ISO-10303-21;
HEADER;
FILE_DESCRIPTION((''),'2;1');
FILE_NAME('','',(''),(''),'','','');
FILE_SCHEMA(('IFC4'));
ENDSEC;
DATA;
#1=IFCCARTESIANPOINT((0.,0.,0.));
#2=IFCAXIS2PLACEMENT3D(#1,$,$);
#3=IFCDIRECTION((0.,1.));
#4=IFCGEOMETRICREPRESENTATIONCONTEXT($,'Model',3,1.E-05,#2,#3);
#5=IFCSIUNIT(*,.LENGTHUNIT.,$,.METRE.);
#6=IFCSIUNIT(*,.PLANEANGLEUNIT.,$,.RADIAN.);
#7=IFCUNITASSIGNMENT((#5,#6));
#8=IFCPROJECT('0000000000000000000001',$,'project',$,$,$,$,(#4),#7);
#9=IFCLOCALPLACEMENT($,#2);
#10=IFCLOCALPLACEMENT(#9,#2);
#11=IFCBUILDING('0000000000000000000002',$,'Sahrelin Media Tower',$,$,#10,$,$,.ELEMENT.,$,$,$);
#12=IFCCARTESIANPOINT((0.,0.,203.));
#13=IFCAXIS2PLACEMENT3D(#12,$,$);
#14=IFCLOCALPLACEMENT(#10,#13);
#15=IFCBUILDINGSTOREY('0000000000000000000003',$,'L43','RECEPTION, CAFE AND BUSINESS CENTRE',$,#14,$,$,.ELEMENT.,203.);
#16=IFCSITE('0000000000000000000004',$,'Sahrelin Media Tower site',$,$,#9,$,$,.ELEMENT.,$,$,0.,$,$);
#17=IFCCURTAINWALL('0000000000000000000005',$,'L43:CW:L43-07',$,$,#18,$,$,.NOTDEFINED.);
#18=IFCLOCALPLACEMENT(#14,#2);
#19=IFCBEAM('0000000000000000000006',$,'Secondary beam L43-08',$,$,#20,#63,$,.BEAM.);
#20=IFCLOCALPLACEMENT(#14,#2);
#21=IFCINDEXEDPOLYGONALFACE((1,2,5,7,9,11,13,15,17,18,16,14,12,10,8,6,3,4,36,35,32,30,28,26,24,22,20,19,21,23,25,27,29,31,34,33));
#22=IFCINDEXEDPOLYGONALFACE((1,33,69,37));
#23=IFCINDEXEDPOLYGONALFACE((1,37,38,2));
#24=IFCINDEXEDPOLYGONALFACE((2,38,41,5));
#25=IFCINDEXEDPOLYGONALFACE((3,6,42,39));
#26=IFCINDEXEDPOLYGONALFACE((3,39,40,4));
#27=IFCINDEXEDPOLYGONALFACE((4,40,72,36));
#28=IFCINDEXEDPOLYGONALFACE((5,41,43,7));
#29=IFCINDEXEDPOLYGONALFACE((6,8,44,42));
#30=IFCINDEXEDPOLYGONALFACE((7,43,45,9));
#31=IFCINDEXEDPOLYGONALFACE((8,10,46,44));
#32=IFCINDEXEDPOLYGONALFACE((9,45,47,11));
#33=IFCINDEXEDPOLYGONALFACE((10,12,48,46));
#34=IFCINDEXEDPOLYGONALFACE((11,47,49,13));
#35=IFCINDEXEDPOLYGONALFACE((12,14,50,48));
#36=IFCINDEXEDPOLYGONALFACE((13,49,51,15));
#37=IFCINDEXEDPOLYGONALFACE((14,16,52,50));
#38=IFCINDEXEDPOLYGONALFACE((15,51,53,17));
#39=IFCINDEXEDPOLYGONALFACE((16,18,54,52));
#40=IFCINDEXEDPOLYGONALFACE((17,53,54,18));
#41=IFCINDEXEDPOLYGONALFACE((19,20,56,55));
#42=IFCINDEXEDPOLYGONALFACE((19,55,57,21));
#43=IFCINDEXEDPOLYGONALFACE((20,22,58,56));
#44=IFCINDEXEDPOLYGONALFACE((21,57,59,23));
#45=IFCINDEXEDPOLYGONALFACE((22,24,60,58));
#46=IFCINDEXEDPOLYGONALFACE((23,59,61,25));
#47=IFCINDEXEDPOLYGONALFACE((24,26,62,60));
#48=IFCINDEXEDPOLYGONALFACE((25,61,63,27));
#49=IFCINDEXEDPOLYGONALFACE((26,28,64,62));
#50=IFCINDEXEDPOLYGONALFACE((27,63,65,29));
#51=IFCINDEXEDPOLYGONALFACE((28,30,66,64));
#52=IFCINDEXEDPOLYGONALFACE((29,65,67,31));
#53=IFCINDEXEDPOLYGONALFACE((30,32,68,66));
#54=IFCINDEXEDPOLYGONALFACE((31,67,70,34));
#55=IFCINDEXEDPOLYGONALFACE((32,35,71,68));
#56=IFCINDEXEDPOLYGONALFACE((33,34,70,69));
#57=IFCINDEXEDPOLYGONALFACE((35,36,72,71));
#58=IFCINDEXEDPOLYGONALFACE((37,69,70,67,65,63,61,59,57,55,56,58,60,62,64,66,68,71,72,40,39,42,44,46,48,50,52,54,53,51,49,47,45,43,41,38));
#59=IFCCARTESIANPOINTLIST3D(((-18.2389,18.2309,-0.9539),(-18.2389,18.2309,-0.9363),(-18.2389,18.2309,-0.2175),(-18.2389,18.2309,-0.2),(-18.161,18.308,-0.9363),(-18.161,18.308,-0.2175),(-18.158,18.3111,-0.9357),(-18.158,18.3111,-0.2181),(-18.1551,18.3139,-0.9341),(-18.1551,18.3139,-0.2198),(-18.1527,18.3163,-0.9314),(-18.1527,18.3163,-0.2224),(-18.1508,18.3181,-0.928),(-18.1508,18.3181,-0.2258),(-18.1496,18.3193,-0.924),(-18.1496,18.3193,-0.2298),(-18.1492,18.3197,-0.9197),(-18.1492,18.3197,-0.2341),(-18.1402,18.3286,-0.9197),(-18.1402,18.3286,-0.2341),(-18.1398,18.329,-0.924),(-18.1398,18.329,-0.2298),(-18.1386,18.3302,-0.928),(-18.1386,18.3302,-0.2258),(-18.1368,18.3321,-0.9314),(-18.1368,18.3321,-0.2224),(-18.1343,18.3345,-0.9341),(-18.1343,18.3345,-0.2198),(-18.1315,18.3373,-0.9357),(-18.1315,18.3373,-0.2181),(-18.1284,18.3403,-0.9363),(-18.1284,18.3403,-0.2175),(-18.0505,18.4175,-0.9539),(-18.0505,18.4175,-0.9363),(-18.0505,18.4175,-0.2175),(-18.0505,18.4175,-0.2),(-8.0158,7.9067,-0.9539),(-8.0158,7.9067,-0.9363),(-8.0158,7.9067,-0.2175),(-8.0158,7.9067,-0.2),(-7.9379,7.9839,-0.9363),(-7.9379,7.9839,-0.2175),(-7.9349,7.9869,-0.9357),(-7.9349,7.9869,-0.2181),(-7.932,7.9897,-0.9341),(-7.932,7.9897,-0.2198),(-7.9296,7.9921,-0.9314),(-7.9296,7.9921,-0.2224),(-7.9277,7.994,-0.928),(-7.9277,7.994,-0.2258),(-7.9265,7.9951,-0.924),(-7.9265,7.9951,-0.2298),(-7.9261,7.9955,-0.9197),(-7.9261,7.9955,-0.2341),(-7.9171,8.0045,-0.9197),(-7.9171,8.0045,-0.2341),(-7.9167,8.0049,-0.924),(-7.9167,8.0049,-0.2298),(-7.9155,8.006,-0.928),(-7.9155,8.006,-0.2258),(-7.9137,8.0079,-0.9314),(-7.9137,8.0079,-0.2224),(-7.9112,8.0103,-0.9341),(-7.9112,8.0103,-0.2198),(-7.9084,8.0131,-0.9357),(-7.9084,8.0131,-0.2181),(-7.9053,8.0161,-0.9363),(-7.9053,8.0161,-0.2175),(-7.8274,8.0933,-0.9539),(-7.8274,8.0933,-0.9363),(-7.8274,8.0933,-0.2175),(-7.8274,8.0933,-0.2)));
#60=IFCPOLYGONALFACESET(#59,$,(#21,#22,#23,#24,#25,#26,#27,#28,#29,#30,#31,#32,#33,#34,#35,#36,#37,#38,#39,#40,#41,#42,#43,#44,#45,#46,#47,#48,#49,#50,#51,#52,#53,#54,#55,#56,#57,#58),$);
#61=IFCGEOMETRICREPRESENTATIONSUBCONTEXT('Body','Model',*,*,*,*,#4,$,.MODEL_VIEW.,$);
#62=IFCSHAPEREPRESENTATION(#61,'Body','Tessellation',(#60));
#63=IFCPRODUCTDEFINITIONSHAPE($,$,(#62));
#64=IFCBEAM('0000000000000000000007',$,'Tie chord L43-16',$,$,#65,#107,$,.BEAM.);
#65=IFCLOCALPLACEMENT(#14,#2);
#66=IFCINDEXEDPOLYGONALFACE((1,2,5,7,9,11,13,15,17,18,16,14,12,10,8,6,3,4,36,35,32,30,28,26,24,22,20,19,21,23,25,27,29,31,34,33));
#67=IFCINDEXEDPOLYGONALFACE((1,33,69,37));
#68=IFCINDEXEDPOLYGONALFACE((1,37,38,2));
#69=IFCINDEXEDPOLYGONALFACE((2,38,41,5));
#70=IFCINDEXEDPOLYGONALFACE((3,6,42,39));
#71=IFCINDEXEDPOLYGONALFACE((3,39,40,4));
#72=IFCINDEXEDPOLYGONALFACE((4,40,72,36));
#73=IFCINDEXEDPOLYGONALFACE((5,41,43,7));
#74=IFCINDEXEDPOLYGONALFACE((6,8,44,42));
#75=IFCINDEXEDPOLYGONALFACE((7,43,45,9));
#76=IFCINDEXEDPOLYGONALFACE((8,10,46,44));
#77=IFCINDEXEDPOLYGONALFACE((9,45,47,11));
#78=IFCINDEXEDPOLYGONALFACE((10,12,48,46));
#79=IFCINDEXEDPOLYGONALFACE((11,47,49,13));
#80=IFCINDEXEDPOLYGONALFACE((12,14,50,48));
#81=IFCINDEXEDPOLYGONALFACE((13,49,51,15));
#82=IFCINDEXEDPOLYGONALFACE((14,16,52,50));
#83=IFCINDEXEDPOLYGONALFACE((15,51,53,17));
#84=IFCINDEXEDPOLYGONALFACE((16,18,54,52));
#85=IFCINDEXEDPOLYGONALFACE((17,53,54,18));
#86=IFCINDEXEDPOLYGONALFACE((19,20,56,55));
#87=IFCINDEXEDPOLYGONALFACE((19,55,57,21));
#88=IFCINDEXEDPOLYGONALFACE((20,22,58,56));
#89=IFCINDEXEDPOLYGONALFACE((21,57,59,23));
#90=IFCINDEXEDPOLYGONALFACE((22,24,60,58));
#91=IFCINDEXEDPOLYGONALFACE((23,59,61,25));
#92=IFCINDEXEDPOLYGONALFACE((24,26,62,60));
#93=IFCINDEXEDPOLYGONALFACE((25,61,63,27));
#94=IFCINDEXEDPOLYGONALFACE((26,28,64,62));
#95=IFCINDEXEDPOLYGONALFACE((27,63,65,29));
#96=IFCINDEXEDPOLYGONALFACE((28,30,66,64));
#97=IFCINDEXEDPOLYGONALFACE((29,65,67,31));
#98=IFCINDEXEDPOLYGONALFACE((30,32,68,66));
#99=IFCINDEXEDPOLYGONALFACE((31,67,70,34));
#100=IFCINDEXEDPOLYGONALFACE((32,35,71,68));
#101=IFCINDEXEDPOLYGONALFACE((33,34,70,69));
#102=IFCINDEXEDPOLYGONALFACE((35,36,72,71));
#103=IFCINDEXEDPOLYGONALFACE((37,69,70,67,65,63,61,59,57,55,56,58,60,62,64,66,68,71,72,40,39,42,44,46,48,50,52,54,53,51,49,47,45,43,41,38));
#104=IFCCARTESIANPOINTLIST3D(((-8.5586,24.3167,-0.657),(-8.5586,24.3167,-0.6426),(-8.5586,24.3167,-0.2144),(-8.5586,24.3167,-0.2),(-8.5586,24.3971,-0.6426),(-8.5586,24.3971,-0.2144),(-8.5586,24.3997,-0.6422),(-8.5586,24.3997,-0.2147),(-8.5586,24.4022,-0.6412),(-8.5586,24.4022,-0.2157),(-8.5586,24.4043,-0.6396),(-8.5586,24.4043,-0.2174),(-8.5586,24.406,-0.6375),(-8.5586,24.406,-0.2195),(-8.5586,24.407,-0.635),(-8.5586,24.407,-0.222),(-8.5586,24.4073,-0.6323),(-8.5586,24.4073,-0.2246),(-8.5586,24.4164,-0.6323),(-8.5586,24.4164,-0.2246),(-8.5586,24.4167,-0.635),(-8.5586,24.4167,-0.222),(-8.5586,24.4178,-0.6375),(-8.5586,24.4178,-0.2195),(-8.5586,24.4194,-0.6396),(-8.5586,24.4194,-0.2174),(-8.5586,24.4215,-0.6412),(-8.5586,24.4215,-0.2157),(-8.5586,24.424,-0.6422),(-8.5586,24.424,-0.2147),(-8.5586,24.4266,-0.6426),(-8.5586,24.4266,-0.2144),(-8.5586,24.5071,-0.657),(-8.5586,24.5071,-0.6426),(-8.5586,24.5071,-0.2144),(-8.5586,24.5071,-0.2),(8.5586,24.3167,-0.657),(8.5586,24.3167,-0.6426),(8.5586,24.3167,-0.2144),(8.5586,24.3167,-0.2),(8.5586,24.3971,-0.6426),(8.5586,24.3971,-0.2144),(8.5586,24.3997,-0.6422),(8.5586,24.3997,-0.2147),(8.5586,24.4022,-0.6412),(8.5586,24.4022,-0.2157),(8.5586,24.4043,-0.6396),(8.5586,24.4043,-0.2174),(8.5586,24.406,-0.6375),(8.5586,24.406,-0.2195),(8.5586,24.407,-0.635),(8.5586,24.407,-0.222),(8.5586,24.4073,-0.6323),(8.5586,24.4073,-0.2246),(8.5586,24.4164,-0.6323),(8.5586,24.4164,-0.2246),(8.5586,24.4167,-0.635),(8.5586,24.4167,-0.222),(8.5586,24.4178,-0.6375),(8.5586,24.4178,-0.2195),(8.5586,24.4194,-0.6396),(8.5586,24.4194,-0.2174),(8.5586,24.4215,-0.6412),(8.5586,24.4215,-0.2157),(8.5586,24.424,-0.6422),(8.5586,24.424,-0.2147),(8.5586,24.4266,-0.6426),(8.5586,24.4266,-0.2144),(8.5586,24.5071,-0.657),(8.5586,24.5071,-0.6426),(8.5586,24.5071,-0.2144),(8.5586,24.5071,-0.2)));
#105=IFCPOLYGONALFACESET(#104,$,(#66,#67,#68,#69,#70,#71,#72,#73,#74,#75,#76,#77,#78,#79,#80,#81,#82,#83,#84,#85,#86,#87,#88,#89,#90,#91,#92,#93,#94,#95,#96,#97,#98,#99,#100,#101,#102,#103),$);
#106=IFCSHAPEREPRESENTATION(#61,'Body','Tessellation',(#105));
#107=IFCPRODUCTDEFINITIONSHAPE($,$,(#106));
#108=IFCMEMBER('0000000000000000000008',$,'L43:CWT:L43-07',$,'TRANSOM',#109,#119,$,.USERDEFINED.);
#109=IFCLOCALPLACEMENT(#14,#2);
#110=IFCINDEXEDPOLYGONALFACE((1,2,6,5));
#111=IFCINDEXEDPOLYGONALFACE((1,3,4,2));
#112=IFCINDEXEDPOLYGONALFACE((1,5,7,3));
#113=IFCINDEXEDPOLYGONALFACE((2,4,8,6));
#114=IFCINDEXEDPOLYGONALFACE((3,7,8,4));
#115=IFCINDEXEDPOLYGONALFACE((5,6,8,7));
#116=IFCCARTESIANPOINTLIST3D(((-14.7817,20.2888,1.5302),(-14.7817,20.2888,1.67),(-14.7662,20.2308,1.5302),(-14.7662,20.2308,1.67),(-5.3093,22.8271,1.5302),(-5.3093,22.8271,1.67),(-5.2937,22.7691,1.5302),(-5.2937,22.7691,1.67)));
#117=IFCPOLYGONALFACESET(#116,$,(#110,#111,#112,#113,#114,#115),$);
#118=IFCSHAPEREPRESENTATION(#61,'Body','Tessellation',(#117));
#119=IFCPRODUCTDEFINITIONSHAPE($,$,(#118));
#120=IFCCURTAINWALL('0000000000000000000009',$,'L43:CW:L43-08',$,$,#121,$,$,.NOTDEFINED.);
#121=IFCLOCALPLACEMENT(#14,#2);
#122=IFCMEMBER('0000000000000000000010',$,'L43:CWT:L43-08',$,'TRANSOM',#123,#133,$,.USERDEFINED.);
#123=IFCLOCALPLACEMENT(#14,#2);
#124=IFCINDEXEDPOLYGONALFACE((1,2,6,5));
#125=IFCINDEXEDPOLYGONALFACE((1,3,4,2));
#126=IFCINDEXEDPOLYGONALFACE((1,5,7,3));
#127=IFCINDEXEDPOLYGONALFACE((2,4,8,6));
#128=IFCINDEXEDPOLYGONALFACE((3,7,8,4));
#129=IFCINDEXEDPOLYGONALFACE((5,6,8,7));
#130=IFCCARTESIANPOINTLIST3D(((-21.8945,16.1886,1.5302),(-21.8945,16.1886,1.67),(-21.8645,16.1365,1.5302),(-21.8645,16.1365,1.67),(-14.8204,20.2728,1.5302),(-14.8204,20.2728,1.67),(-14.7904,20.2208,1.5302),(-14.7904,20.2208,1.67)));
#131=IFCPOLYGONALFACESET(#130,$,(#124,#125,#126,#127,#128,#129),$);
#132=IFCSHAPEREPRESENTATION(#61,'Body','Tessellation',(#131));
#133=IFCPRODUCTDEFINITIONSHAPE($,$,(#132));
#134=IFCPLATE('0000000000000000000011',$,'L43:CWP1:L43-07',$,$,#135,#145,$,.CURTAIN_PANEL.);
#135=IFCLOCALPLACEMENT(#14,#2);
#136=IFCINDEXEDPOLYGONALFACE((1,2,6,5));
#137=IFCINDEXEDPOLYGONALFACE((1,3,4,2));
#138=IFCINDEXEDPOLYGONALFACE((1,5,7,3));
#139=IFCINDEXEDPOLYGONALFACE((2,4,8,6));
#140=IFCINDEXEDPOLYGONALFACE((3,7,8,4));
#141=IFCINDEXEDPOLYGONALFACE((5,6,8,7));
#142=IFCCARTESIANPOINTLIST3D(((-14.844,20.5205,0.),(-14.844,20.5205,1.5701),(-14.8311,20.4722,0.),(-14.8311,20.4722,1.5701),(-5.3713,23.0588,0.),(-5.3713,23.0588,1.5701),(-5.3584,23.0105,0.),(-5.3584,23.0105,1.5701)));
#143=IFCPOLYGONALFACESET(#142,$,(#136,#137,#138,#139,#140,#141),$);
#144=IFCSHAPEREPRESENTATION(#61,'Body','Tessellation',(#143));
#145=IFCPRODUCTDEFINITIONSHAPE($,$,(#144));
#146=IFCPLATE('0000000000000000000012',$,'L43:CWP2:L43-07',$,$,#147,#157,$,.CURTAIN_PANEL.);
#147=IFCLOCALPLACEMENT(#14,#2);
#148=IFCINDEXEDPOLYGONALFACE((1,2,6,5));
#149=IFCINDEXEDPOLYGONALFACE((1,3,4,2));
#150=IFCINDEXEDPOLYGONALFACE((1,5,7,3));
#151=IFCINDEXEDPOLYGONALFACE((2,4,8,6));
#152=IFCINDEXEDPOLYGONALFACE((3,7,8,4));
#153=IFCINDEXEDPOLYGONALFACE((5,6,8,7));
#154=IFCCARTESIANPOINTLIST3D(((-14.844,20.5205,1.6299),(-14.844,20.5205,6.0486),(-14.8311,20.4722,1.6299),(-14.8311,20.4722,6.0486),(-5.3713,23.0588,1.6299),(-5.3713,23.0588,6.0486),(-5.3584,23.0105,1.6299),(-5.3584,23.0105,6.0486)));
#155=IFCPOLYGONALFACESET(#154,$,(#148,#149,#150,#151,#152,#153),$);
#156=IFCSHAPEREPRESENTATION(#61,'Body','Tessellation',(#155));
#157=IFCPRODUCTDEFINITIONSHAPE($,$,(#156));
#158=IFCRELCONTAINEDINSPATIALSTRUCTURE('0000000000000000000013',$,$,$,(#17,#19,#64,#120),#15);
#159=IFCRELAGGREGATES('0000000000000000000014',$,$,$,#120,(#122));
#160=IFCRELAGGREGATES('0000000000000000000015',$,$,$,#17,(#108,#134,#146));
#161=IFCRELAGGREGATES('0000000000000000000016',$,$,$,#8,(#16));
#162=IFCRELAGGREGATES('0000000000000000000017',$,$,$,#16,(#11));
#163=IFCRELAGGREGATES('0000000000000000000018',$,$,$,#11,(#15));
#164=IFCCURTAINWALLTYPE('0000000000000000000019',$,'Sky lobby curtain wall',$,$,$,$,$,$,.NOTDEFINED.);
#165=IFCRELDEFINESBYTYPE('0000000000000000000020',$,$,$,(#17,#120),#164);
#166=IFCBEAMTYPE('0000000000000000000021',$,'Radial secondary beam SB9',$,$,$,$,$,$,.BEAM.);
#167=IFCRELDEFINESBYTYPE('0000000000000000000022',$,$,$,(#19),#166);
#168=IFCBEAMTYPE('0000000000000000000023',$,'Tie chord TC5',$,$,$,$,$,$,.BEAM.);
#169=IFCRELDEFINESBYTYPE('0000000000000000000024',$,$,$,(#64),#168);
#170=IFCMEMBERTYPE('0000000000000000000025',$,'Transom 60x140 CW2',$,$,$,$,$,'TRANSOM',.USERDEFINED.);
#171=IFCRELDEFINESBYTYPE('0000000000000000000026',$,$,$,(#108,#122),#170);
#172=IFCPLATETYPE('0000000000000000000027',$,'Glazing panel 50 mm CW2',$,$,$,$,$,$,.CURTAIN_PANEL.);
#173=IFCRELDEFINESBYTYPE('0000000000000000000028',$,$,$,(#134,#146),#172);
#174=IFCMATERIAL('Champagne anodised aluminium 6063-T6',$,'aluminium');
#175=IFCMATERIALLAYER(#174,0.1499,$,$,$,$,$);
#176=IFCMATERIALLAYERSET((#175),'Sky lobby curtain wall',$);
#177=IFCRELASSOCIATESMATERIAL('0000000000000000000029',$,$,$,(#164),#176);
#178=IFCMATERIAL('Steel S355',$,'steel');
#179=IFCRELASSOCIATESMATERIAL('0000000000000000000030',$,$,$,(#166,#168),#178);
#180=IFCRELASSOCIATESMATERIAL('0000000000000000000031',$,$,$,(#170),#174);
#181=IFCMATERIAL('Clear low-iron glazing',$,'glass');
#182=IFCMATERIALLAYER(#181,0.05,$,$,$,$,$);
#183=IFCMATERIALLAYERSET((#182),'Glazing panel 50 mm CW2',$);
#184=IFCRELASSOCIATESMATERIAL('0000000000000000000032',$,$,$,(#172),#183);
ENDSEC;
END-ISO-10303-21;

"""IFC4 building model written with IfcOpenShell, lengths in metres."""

from ifc_helpers import new_model, si_unit, direction, frame, origin, origin_2d, place, context, subcontext, project, spatial, polyline, rectangle, i_section, outline, extrude, material, layer, layer_set, material_profile, profile_set, type_object, element, aggregate, save


model = new_model("IFC4")

# Units and contexts
model_context = context("Model", 3, precision=1e-05, world=origin(), true_north=direction((0.0, 1.0)))
body_context = subcontext(model_context, "Body", "Model", "MODEL_VIEW")
ifc_project = project(units=[si_unit("LENGTHUNIT", "METRE"), si_unit("PLANEANGLEUNIT", "RADIAN")], contexts=[model_context])

# Site, building, storey
site_placement = place(None, origin())
site = spatial("IfcSite", under=ifc_project, at=site_placement, Name="Sahrelin Media Tower site", CompositionType="ELEMENT", RefElevation=0.0)
building_placement = place(site_placement, origin())
building = spatial("IfcBuilding", under=site, at=building_placement, Name="Sahrelin Media Tower", CompositionType="ELEMENT")
storey_placement = place(building_placement, frame((0.0, 0.0, 203.0)))
storey = spatial("IfcBuildingStorey", under=building, at=storey_placement, Name="L43", Description="RECEPTION, CAFE AND BUSINESS CENTRE", CompositionType="ELEMENT", Elevation=203.0)

# Shared definitions
ifc_material_1 = material(Name="Steel S355", Category="steel")

# Curtain wall
ifc_material_2 = material(Name="Champagne anodised aluminium 6063-T6", Category="aluminium")
ifc_layer_1 = layer(ifc_material_2, 0.1499)
ifc_layer_set_1 = layer_set([ifc_layer_1], Name="Sky lobby curtain wall")
curtain_wall_type = type_object("IfcCurtainWallType", Name="Sky lobby curtain wall", PredefinedType="NOTDEFINED", material=ifc_layer_set_1)
curtain_wall_1_placement = place(storey_placement, frame((-10.1023, 21.7705, 0.0), z_axis=(0.0, 0.0, 1.0), x_axis=(1.0, 0.0, 0.0)))
curtain_wall_1 = element("IfcCurtainWall", 1, at=curtain_wall_1_placement, inside=storey, type_object=curtain_wall_type, Name="L43:CW:L43-07", PredefinedType="NOTDEFINED")

# Beams
ifc_material_profile_1 = material_profile(ifc_material_1, i_section(OverallWidth=0.2651, OverallDepth=0.7539, WebThickness=0.0127, FlangeThickness=0.0176, FilletRadius=0.0166, at=origin_2d()), Name="UB 762x267x147")
ifc_profile_set_1 = profile_set([ifc_material_profile_1], Name="Steel S355")
beam_type_1 = type_object("IfcBeamType", Name="Radial secondary beam SB9", PredefinedType="BEAM", material=ifc_profile_set_1)
beam_1_placement = place(storey_placement, frame((-7.9216, 8.0, -0.5769), z_axis=(-0.70362, 0.710577, 0.0), x_axis=(-0.710577, -0.70362, 0.0)))
element("IfcBeam", 2, at=beam_1_placement, inside=storey, type_object=beam_type_1, Name="Secondary beam L43-08", PredefinedType="BEAM", context=body_context, shape_type="SweptSolid", body=[
    extrude(i_section(OverallWidth=0.2651, OverallDepth=0.7539, WebThickness=0.0127, FlangeThickness=0.0176, FilletRadius=0.0166, at=origin_2d()), origin(), (0.0, 0.0, 1.0), 14.5293),
])
ifc_material_profile_2 = material_profile(ifc_material_1, i_section(OverallWidth=0.1904, OverallDepth=0.457, WebThickness=0.009, FlangeThickness=0.0144, FilletRadius=0.0103, at=origin_2d()), Name="UB 457x191x74")
ifc_profile_set_2 = profile_set([ifc_material_profile_2], Name="Steel S355")
beam_type_2 = type_object("IfcBeamType", Name="Tie chord TC5", PredefinedType="BEAM", material=ifc_profile_set_2)
beam_2_placement = place(storey_placement, frame((-8.5586, 24.4119, -0.4285), z_axis=(1.0, 0.0, 0.0), x_axis=(0.0, 1.0, 0.0)))
element("IfcBeam", 3, at=beam_2_placement, inside=storey, type_object=beam_type_2, Name="Tie chord L43-16", PredefinedType="BEAM", context=body_context, shape_type="SweptSolid", body=[
    extrude(i_section(OverallWidth=0.1904, OverallDepth=0.457, WebThickness=0.009, FlangeThickness=0.0144, FilletRadius=0.0103, at=origin_2d()), origin(), (0.0, 0.0, 1.0), 17.1172),
])

# Member
ifc_material_profile_3 = material_profile(ifc_material_2, rectangle(XDim=0.0601, YDim=0.1399, at=origin_2d()), Name="Transom 60x140")
ifc_profile_set_3 = profile_set([ifc_material_profile_3], Name="Champagne anodised aluminium 6063-T6")
member_type_1 = type_object("IfcMemberType", Name="Transom 60x140 CW2", ElementType="TRANSOM", PredefinedType="USERDEFINED", material=ifc_profile_set_3)
member_1_placement = place(storey_placement, frame((-5.3015, 22.7981, 1.6001), z_axis=(-0.965921, -0.258839, 0.0), x_axis=(0.258839, -0.965921, 0.0)))
member_1 = element("IfcMember", 4, at=member_1_placement, type_object=member_type_1, Name="L43:CWT:L43-07", ObjectType="TRANSOM", PredefinedType="USERDEFINED", context=body_context, shape_type="SweptSolid", body=[
    extrude(rectangle(XDim=0.0601, YDim=0.1399, at=origin_2d()), origin(), (0.0, 0.0, 1.0), 9.8066),
])

# Curtain wall, member
curtain_wall_2_placement = place(storey_placement, frame((-18.4673, 18.4211, 0.0), z_axis=(0.0, 0.0, 1.0), x_axis=(1.0, 0.0, 0.0)))
curtain_wall_2 = element("IfcCurtainWall", 5, at=curtain_wall_2_placement, inside=storey, type_object=curtain_wall_type, Name="L43:CW:L43-08", PredefinedType="NOTDEFINED")
member_2_placement = place(storey_placement, frame((-14.8054, 20.2468, 1.6001), z_axis=(-0.866022, -0.500006, 0.0), x_axis=(0.500006, -0.866022, 0.0)))
member_2 = element("IfcMember", 6, at=member_2_placement, type_object=member_type_1, Name="L43:CWT:L43-08", ObjectType="TRANSOM", PredefinedType="USERDEFINED", context=body_context, shape_type="SweptSolid", body=[
    extrude(rectangle(XDim=0.0601, YDim=0.1399, at=origin_2d()), origin(), (0.0, 0.0, 1.0), 8.1685),
])
aggregate(curtain_wall_2, [member_2])

# Plates
ifc_material_3 = material(Name="Clear low-iron glazing", Category="glass")
ifc_layer_2 = layer(ifc_material_3, 0.05)
ifc_layer_set_2 = layer_set([ifc_layer_2], Name="Glazing panel 50 mm CW2")
plate_type = type_object("IfcPlateType", Name="Glazing panel 50 mm CW2", PredefinedType="CURTAIN_PANEL", material=ifc_layer_set_2)
plate_1_placement = place(storey_placement, frame((-5.3713, 23.0588, 0.0), z_axis=(-0.258832, 0.965922, 0.0), x_axis=(-0.965922, -0.258832, 0.0)))
plate_1 = element("IfcPlate", 7, at=plate_1_placement, type_object=plate_type, Name="L43:CWP1:L43-07", PredefinedType="CURTAIN_PANEL", context=body_context, shape_type="SweptSolid", body=[
    extrude(outline(polyline([(0.0, 0.0), (9.8069, 0.0), (9.8069, 1.5701), (0.0, 1.5701), (0.0, 0.0)])), origin(), (0.0, 0.0, -1.0), 0.05),
])
plate_2_placement = place(storey_placement, frame((-5.3713, 23.0588, 1.6299), z_axis=(-0.258832, 0.965922, 0.0), x_axis=(-0.965922, -0.258832, 0.0)))
plate_2 = element("IfcPlate", 8, at=plate_2_placement, type_object=plate_type, Name="L43:CWP2:L43-07", PredefinedType="CURTAIN_PANEL", context=body_context, shape_type="SweptSolid", body=[
    extrude(outline(polyline([(0.0, 0.0), (9.8069, 0.0), (9.8069, 4.4187), (0.0, 4.4187), (0.0, 0.0)])), origin(), (0.0, 0.0, -1.0), 0.05),
])
aggregate(curtain_wall_1, [member_1, plate_1, plate_2])

save(model, "model.ifc")
